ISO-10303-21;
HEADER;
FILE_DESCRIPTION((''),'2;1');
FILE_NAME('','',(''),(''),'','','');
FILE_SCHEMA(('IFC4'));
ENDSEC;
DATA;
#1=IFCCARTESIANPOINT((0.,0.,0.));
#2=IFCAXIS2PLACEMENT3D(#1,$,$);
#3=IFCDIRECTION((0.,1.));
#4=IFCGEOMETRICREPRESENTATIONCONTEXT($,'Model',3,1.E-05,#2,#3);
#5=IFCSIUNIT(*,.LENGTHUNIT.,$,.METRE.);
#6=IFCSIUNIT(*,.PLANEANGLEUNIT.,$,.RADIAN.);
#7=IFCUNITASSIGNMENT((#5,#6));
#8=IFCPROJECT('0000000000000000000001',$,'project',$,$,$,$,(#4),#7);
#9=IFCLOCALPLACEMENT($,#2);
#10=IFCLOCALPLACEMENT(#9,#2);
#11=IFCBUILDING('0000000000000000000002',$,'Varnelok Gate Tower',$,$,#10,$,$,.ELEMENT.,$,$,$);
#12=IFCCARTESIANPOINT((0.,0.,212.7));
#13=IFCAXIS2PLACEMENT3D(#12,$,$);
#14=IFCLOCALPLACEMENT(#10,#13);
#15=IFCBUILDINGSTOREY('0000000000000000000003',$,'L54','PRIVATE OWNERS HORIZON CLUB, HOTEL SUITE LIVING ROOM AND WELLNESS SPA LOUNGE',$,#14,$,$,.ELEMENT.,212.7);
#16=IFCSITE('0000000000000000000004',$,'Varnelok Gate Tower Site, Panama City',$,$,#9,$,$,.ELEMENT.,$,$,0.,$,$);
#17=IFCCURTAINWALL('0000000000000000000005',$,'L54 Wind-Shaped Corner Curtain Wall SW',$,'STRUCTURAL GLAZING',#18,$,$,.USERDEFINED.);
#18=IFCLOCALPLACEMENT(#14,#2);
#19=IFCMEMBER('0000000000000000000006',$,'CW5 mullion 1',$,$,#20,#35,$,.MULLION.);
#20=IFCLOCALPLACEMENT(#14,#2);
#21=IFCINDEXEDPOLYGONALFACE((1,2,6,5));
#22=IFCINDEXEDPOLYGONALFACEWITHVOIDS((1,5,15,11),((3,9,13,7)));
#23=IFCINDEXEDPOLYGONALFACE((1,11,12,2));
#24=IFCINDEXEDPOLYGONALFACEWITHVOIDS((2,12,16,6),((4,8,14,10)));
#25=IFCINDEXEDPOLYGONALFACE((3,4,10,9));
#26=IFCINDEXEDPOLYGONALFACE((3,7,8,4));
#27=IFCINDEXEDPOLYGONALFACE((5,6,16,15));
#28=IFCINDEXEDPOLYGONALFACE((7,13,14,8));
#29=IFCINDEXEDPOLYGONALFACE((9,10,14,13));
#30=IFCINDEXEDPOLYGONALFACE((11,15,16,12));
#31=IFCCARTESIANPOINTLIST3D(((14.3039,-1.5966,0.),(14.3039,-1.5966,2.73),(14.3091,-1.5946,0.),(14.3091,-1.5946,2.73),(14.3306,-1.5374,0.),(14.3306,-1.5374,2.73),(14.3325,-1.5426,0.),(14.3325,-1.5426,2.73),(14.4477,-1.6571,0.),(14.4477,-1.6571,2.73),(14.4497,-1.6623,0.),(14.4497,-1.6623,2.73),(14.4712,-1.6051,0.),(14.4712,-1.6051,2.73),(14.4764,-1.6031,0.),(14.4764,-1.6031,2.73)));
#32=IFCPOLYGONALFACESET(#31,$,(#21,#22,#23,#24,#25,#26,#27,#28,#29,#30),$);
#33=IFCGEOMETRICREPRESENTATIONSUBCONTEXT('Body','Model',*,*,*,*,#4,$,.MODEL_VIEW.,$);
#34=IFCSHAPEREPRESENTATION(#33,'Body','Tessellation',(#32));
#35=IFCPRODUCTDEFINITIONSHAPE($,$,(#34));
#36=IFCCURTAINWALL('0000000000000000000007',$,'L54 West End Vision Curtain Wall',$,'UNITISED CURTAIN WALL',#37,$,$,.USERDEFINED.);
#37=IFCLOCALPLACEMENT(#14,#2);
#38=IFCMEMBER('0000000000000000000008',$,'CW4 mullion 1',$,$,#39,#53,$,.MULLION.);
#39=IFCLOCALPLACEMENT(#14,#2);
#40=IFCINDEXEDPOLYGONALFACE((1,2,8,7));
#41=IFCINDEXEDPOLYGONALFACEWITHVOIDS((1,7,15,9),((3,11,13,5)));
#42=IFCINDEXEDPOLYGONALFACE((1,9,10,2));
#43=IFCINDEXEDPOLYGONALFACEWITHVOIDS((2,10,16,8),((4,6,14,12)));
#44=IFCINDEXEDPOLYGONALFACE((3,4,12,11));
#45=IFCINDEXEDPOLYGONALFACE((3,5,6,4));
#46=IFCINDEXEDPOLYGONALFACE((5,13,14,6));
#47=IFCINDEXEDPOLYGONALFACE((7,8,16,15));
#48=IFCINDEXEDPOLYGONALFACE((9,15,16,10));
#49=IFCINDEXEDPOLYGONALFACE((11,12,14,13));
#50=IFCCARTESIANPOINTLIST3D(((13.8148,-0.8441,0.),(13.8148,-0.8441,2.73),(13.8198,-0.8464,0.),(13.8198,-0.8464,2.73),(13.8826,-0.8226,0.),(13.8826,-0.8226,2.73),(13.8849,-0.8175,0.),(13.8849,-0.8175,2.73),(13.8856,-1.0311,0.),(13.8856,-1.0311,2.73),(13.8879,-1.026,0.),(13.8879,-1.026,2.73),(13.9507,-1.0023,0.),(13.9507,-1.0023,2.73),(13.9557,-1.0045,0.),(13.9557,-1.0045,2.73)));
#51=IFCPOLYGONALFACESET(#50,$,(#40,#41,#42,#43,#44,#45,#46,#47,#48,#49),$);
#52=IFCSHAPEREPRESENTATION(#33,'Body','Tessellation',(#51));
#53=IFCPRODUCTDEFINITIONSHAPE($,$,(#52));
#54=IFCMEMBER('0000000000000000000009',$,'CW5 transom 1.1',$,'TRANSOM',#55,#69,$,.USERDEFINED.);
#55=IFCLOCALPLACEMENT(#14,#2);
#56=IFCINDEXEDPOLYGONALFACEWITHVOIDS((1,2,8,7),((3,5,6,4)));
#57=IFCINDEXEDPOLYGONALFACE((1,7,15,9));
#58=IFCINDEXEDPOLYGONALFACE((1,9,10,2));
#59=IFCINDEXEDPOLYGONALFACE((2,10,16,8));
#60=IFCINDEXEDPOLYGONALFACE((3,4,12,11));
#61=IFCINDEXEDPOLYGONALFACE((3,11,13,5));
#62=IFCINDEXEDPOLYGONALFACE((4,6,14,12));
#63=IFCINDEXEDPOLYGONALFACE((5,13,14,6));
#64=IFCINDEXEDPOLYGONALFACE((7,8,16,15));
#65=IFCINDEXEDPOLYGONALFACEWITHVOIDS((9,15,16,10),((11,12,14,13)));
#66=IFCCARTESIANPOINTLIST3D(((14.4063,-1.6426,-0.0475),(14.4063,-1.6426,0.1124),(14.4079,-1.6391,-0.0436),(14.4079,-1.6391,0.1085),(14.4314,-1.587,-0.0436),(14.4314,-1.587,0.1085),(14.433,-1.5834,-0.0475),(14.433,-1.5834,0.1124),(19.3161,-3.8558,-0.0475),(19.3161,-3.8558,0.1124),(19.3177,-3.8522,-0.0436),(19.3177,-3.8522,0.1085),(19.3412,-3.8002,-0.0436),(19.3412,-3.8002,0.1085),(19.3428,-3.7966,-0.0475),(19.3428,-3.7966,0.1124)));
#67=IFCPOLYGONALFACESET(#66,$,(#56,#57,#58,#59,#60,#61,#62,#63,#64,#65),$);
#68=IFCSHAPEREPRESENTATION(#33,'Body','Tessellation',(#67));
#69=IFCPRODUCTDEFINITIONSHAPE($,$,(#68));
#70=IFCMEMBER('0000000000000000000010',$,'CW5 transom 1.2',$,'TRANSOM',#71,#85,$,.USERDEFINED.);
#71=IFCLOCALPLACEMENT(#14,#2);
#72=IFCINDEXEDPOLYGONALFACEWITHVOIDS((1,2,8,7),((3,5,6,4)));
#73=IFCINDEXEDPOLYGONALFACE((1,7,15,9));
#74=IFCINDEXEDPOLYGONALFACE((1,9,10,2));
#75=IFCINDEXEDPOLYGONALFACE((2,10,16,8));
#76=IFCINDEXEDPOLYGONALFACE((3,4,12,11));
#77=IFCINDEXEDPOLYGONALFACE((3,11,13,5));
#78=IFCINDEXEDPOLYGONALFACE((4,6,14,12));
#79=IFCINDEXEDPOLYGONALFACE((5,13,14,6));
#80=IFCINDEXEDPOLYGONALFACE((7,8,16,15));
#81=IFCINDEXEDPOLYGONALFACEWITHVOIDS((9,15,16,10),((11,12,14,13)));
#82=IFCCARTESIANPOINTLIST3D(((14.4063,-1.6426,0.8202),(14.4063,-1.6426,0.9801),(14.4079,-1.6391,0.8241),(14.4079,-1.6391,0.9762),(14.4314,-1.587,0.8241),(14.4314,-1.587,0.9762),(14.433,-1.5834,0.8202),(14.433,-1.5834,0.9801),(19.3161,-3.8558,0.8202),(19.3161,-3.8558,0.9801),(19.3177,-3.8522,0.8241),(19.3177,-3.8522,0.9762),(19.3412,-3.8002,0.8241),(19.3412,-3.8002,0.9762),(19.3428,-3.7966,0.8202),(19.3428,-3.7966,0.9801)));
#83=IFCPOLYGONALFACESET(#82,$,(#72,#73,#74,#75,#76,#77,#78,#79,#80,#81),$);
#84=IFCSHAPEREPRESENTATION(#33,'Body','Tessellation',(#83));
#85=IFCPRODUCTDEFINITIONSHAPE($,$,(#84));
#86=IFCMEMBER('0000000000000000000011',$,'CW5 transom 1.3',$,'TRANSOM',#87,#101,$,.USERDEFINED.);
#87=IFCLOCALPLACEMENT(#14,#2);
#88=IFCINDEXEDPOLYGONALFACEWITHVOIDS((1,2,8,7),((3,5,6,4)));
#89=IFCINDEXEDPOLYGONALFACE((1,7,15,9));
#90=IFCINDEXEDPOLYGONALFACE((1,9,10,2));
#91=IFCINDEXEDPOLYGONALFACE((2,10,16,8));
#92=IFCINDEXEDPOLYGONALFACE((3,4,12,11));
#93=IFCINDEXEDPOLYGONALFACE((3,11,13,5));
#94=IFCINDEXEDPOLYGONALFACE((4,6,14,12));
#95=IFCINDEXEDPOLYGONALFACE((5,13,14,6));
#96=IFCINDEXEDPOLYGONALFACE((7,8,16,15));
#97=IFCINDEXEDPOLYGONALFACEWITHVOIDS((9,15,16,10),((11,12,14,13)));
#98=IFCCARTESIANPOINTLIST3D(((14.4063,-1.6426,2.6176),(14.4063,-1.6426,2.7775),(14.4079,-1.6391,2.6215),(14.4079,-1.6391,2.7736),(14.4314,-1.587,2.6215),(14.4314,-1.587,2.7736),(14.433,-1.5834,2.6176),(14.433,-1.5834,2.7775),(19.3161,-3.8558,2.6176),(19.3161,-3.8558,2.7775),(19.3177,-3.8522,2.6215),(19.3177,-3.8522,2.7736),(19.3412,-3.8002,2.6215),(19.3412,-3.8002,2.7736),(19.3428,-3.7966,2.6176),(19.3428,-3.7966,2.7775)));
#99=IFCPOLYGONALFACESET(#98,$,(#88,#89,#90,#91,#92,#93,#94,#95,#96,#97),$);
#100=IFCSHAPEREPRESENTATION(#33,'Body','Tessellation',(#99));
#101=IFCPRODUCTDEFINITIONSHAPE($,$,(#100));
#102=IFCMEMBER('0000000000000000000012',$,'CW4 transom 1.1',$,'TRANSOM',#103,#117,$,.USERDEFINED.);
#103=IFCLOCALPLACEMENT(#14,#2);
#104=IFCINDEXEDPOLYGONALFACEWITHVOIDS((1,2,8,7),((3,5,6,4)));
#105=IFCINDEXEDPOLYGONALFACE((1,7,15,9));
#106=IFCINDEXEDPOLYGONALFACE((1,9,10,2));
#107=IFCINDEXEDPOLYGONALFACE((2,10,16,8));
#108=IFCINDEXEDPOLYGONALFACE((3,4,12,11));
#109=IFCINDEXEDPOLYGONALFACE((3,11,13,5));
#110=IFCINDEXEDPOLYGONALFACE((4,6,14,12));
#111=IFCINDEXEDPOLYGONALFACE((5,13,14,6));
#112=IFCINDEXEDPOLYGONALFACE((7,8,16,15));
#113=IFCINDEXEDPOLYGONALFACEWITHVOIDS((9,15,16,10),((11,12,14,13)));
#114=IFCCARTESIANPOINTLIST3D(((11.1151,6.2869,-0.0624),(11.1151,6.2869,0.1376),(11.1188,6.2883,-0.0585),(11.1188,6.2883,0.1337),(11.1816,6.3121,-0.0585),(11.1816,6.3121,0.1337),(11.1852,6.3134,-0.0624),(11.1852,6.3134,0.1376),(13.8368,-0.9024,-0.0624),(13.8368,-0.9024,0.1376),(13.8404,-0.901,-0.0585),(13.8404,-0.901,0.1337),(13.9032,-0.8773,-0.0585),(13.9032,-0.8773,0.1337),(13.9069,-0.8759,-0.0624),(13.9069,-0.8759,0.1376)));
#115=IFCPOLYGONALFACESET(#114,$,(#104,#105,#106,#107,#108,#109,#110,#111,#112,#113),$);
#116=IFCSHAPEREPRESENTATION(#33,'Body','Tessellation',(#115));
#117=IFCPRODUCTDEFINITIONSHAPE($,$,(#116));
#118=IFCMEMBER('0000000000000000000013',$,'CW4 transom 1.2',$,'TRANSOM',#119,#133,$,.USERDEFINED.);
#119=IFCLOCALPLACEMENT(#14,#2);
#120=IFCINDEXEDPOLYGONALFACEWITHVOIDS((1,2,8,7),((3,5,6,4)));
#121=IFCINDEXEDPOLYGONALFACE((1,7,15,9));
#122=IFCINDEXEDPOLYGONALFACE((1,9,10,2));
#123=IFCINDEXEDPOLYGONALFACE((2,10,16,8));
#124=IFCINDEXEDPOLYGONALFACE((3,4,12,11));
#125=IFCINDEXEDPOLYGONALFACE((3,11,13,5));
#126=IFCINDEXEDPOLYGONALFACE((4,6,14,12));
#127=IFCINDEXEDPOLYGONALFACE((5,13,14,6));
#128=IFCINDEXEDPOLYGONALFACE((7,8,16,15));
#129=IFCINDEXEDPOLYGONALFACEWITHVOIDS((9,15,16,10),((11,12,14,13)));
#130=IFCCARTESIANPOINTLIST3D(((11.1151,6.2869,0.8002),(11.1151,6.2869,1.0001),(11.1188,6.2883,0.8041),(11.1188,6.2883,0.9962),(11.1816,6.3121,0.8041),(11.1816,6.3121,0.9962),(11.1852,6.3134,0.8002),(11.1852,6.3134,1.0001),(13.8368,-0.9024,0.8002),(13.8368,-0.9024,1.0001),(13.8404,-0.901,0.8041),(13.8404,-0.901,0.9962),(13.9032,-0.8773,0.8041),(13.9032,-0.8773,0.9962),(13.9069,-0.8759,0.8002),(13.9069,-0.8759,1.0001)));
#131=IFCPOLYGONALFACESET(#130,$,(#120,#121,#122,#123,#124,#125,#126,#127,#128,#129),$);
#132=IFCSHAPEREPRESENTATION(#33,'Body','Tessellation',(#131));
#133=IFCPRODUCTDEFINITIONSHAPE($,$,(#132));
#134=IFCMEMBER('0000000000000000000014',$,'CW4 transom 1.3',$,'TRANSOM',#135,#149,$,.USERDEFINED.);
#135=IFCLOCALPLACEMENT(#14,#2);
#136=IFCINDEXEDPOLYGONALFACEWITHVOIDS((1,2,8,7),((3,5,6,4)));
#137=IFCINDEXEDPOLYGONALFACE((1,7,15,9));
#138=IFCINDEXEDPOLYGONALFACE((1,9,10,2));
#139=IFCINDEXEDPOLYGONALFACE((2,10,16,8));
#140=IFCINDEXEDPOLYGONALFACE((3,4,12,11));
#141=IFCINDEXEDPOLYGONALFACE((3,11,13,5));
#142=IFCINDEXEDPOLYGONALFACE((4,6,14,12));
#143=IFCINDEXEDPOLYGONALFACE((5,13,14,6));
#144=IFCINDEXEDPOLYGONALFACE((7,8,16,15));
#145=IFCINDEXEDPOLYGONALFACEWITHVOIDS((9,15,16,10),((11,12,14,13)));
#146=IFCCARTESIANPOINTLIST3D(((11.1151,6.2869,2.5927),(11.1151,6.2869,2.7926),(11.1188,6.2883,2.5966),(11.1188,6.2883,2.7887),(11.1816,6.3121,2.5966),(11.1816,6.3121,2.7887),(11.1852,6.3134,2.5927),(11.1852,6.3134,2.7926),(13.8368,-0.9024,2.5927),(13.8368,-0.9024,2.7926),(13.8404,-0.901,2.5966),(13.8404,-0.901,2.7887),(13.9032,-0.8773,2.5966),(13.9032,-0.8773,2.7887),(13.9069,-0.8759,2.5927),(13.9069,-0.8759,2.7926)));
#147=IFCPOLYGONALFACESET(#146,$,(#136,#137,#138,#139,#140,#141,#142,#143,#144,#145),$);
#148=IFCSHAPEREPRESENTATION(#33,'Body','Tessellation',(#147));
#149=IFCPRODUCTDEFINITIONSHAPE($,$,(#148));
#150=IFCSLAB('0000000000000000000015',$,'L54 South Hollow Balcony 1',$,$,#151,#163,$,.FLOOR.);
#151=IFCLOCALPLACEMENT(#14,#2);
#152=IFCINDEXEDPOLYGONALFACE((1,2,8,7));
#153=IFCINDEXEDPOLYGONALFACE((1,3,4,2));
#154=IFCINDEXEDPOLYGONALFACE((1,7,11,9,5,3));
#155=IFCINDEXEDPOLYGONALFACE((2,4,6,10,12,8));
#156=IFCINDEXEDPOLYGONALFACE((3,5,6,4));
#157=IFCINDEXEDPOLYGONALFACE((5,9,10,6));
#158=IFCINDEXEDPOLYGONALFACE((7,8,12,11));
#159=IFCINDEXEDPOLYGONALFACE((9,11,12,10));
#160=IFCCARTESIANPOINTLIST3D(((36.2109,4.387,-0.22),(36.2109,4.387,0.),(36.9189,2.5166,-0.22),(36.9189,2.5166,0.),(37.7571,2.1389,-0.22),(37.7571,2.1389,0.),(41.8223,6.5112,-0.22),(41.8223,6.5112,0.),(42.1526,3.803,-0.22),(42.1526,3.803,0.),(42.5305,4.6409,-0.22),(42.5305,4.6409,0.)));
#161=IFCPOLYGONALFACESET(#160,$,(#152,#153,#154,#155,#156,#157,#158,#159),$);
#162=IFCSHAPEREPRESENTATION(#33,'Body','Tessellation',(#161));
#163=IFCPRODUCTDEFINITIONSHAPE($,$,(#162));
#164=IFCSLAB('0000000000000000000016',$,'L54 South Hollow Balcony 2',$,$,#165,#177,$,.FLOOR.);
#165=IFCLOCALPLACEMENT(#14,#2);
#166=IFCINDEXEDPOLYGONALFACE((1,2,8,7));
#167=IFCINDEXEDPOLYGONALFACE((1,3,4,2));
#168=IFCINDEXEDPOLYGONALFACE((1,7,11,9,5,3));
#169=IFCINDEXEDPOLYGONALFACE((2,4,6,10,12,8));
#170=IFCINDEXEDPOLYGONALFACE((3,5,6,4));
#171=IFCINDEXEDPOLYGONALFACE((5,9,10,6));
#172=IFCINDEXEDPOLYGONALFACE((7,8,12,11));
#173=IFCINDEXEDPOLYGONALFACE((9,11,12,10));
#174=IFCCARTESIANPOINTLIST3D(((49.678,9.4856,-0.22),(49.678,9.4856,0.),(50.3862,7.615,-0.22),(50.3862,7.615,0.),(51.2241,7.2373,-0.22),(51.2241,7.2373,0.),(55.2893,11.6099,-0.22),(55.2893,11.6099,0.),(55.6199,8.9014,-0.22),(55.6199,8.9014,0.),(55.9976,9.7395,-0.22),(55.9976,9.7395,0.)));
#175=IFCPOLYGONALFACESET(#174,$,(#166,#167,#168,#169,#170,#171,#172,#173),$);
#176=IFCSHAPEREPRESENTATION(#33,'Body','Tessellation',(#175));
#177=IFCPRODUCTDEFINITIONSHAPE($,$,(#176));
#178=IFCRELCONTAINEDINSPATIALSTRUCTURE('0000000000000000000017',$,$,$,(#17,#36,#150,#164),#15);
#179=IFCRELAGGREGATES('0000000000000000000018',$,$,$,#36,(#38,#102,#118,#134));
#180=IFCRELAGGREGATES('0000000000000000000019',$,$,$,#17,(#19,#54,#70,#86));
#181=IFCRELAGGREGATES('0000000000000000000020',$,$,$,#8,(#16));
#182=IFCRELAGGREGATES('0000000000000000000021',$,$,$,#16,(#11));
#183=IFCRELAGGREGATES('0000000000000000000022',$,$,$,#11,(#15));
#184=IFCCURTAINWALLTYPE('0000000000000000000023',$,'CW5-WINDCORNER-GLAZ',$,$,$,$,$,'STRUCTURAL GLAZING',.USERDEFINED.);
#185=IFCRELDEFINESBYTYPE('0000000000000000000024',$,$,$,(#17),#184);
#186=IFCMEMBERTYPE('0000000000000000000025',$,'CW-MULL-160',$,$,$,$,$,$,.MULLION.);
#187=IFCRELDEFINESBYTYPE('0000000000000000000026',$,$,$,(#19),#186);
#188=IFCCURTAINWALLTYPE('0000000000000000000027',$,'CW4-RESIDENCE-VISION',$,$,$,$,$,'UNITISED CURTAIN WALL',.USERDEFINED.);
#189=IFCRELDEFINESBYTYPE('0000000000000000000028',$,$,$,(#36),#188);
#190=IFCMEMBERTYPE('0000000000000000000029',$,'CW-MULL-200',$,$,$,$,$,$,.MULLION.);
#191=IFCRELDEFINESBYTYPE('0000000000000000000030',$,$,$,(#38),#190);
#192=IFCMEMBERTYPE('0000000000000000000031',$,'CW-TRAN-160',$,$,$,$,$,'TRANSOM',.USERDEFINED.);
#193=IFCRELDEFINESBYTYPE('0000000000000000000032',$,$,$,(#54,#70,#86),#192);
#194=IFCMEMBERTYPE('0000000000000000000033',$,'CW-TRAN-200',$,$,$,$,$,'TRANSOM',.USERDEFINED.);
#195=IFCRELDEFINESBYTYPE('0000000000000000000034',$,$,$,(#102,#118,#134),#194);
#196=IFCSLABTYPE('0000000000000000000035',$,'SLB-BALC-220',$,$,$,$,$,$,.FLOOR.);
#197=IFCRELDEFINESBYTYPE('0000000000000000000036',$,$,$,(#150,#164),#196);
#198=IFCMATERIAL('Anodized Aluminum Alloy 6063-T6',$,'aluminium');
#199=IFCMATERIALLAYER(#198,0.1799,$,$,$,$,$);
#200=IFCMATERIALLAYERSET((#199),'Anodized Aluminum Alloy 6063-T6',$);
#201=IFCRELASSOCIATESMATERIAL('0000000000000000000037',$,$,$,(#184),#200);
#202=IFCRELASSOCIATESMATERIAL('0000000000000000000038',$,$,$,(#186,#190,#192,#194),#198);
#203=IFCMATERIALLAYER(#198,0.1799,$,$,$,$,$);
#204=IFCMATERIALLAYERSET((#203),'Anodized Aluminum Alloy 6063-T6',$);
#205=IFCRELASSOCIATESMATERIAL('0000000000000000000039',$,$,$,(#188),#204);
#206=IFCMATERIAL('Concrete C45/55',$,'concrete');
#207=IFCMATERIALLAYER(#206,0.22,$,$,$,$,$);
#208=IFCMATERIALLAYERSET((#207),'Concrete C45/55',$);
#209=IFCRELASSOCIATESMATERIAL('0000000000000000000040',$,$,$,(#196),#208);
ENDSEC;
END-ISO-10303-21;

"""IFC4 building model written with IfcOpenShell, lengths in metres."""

from ifc_helpers import new_model, si_unit, direction, frame, origin, origin_2d, place, context, subcontext, project, spatial, polyline, hollow_rectangle, outline, extrude, material, layer, layer_set, material_profile, profile_set, type_object, element, aggregate, save


model = new_model("IFC4")

# Units and contexts
model_context = context("Model", 3, precision=1e-05, world=origin(), true_north=direction((0.0, 1.0)))
body_context = subcontext(model_context, "Body", "Model", "MODEL_VIEW")
ifc_project = project(units=[si_unit("LENGTHUNIT", "METRE"), si_unit("PLANEANGLEUNIT", "RADIAN")], contexts=[model_context])

# Site, building, storey
site_placement = place(None, origin())
site = spatial("IfcSite", under=ifc_project, at=site_placement, Name="Varnelok Gate Tower Site, Panama City", CompositionType="ELEMENT", RefElevation=0.0)
building_placement = place(site_placement, origin())
building = spatial("IfcBuilding", under=site, at=building_placement, Name="Varnelok Gate Tower", CompositionType="ELEMENT")
storey_placement = place(building_placement, frame((0.0, 0.0, 212.7)))
storey = spatial("IfcBuildingStorey", under=building, at=storey_placement, Name="L54", Description="PRIVATE OWNERS HORIZON CLUB, HOTEL SUITE LIVING ROOM AND WELLNESS SPA LOUNGE", CompositionType="ELEMENT", Elevation=212.7)

# Curtain walls, members
ifc_material_1 = material(Name="Anodized Aluminum Alloy 6063-T6", Category="aluminium")
ifc_layer_1 = layer(ifc_material_1, 0.1799)
ifc_layer_set_1 = layer_set([ifc_layer_1], Name="Anodized Aluminum Alloy 6063-T6")
curtain_wall_type_1 = type_object("IfcCurtainWallType", Name="CW5-WINDCORNER-GLAZ", ElementType="STRUCTURAL GLAZING", PredefinedType="USERDEFINED", material=ifc_layer_set_1)
curtain_wall_1_placement = place(storey_placement, origin())
curtain_wall_1 = element("IfcCurtainWall", 1, at=curtain_wall_1_placement, inside=storey, type_object=curtain_wall_type_1, Name="L54 Wind-Shaped Corner Curtain Wall SW", ObjectType="STRUCTURAL GLAZING", PredefinedType="USERDEFINED")
ifc_material_profile_1 = material_profile(ifc_material_1, hollow_rectangle(XDim=0.0649, YDim=0.1599, WallThickness=0.0039, at=origin_2d()), Name="ALU160X65X4")
ifc_profile_set_1 = profile_set([ifc_material_profile_1], Name="Anodized Aluminum Alloy 6063-T6")
member_type_1 = type_object("IfcMemberType", Name="CW-MULL-160", PredefinedType="MULLION", material=ifc_profile_set_1)
member_1_placement = place(storey_placement, frame((14.3901, -1.5999, 0.0), z_axis=(0.0, 0.0, 1.0), x_axis=(0.410939, 0.911663, 0.0)))
member_1 = element("IfcMember", 2, at=member_1_placement, type_object=member_type_1, Name="CW5 mullion 1", PredefinedType="MULLION", context=body_context, shape_type="SweptSolid", body=[
    extrude(hollow_rectangle(XDim=0.0649, YDim=0.1599, WallThickness=0.0039, at=origin_2d()), origin(), (0.0, 0.0, 1.0), 2.73),
])
ifc_layer_2 = layer(ifc_material_1, 0.1799)
ifc_layer_set_2 = layer_set([ifc_layer_2], Name="Anodized Aluminum Alloy 6063-T6")
curtain_wall_type_2 = type_object("IfcCurtainWallType", Name="CW4-RESIDENCE-VISION", ElementType="UNITISED CURTAIN WALL", PredefinedType="USERDEFINED", material=ifc_layer_set_2)
curtain_wall_2_placement = place(storey_placement, origin())
curtain_wall_2 = element("IfcCurtainWall", 3, at=curtain_wall_2_placement, inside=storey, type_object=curtain_wall_type_2, Name="L54 West End Vision Curtain Wall", ObjectType="UNITISED CURTAIN WALL", PredefinedType="USERDEFINED")
ifc_material_profile_2 = material_profile(ifc_material_1, hollow_rectangle(XDim=0.075, YDim=0.2, WallThickness=0.0039, at=origin_2d()), Name="ALU200X75X4")
ifc_profile_set_2 = profile_set([ifc_material_profile_2], Name="Anodized Aluminum Alloy 6063-T6")
member_type_2 = type_object("IfcMemberType", Name="CW-MULL-200", PredefinedType="MULLION", material=ifc_profile_set_2)
member_2_placement = place(storey_placement, frame((13.8853, -0.9243, 0.0), z_axis=(0.0, 0.0, 1.0), x_axis=(-0.935222, -0.354063, 0.0)))
member_2 = element("IfcMember", 4, at=member_2_placement, type_object=member_type_2, Name="CW4 mullion 1", PredefinedType="MULLION", context=body_context, shape_type="SweptSolid", body=[
    extrude(hollow_rectangle(XDim=0.075, YDim=0.2, WallThickness=0.0039, at=origin_2d()), origin(), (0.0, 0.0, 1.0), 2.73),
])

# Members
ifc_material_profile_3 = material_profile(ifc_material_1, hollow_rectangle(XDim=0.0649, YDim=0.1599, WallThickness=0.0039, at=origin_2d()), Name="ALU160X65X4")
ifc_profile_set_3 = profile_set([ifc_material_profile_3], Name="Anodized Aluminum Alloy 6063-T6")
member_type_3 = type_object("IfcMemberType", Name="CW-TRAN-160", ElementType="TRANSOM", PredefinedType="USERDEFINED", material=ifc_profile_set_3)
member_3_placement = place(storey_placement, frame((14.4197, -1.613, 0.0325), z_axis=(0.911658, -0.410949, 0.0), x_axis=(0.410949, 0.911658, 0.0)))
member_3 = element("IfcMember", 5, at=member_3_placement, type_object=member_type_3, Name="CW5 transom 1.1", ObjectType="TRANSOM", PredefinedType="USERDEFINED", context=body_context, shape_type="SweptSolid", body=[
    extrude(hollow_rectangle(XDim=0.0649, YDim=0.1599, WallThickness=0.0039, at=origin_2d()), origin(), (0.0, 0.0, 1.0), 5.3855),
])
member_4_placement = place(storey_placement, frame((14.4197, -1.613, 0.9001), z_axis=(0.911658, -0.410949, 0.0), x_axis=(0.410949, 0.911658, 0.0)))
member_4 = element("IfcMember", 6, at=member_4_placement, type_object=member_type_3, Name="CW5 transom 1.2", ObjectType="TRANSOM", PredefinedType="USERDEFINED", context=body_context, shape_type="SweptSolid", body=[
    extrude(hollow_rectangle(XDim=0.0649, YDim=0.1599, WallThickness=0.0039, at=origin_2d()), origin(), (0.0, 0.0, 1.0), 5.3855),
])
member_5_placement = place(storey_placement, frame((14.4197, -1.613, 2.6975), z_axis=(0.911658, -0.410949, 0.0), x_axis=(0.410949, 0.911658, 0.0)))
member_5 = element("IfcMember", 7, at=member_5_placement, type_object=member_type_3, Name="CW5 transom 1.3", ObjectType="TRANSOM", PredefinedType="USERDEFINED", context=body_context, shape_type="SweptSolid", body=[
    extrude(hollow_rectangle(XDim=0.0649, YDim=0.1599, WallThickness=0.0039, at=origin_2d()), origin(), (0.0, 0.0, 1.0), 5.3855),
])
ifc_material_profile_4 = material_profile(ifc_material_1, hollow_rectangle(XDim=0.075, YDim=0.2, WallThickness=0.0039, at=origin_2d()), Name="ALU200X75X4")
ifc_profile_set_4 = profile_set([ifc_material_profile_4], Name="Anodized Aluminum Alloy 6063-T6")
member_type_4 = type_object("IfcMemberType", Name="CW-TRAN-200", ElementType="TRANSOM", PredefinedType="USERDEFINED", material=ifc_profile_set_4)
member_6_placement = place(storey_placement, frame((13.8718, -0.8892, 0.0376), z_axis=(-0.354045, 0.935228, 0.0), x_axis=(-0.935228, -0.354045, 0.0)))
member_6 = element("IfcMember", 8, at=member_6_placement, type_object=member_type_4, Name="CW4 transom 1.1", ObjectType="TRANSOM", PredefinedType="USERDEFINED", context=body_context, shape_type="SweptSolid", body=[
    extrude(hollow_rectangle(XDim=0.075, YDim=0.2, WallThickness=0.0039, at=origin_2d()), origin(), (0.0, 0.0, 1.0), 7.6873),
])
member_7_placement = place(storey_placement, frame((13.8718, -0.8892, 0.9001), z_axis=(-0.354045, 0.935228, 0.0), x_axis=(-0.935228, -0.354045, 0.0)))
member_7 = element("IfcMember", 9, at=member_7_placement, type_object=member_type_4, Name="CW4 transom 1.2", ObjectType="TRANSOM", PredefinedType="USERDEFINED", context=body_context, shape_type="SweptSolid", body=[
    extrude(hollow_rectangle(XDim=0.075, YDim=0.2, WallThickness=0.0039, at=origin_2d()), origin(), (0.0, 0.0, 1.0), 7.6873),
])
member_8_placement = place(storey_placement, frame((13.8718, -0.8892, 2.6926), z_axis=(-0.354045, 0.935228, 0.0), x_axis=(-0.935228, -0.354045, 0.0)))
member_8 = element("IfcMember", 10, at=member_8_placement, type_object=member_type_4, Name="CW4 transom 1.3", ObjectType="TRANSOM", PredefinedType="USERDEFINED", context=body_context, shape_type="SweptSolid", body=[
    extrude(hollow_rectangle(XDim=0.075, YDim=0.2, WallThickness=0.0039, at=origin_2d()), origin(), (0.0, 0.0, 1.0), 7.6873),
])
aggregate(curtain_wall_2, [member_2, member_6, member_7, member_8])

# Slabs
ifc_material_2 = material(Name="Concrete C45/55", Category="concrete")
ifc_layer_3 = layer(ifc_material_2, 0.22)
ifc_layer_set_3 = layer_set([ifc_layer_3], Name="Concrete C45/55")
slab_type_1 = type_object("IfcSlabType", Name="SLB-BALC-220", PredefinedType="FLOOR", material=ifc_layer_set_3)
slab_1_placement = place(storey_placement, frame((0.0, 0.0, -0.22)))
element("IfcSlab", 11, at=slab_1_placement, inside=storey, type_object=slab_type_1, Name="L54 South Hollow Balcony 1", PredefinedType="FLOOR", context=body_context, shape_type="SweptSolid", body=[
    extrude(outline(polyline([(36.9189, 2.5166), (37.7571, 2.1389), (42.1526, 3.803), (42.5305, 4.6409), (41.8223, 6.5112), (36.2109, 4.387), (36.9189, 2.5166)])), origin(), (0.0, 0.0, 1.0), 0.22),
])
slab_2_placement = place(storey_placement, frame((0.0, 0.0, -0.22)))
element("IfcSlab", 12, at=slab_2_placement, inside=storey, type_object=slab_type_1, Name="L54 South Hollow Balcony 2", PredefinedType="FLOOR", context=body_context, shape_type="SweptSolid", body=[
    extrude(outline(polyline([(50.3862, 7.615), (51.2241, 7.2373), (55.6199, 8.9014), (55.9976, 9.7395), (55.2893, 11.6099), (49.678, 9.4856), (50.3862, 7.615)])), origin(), (0.0, 0.0, 1.0), 0.22),
])

aggregate(curtain_wall_1, [member_1, member_3, member_4, member_5])

save(model, "model.ifc")
